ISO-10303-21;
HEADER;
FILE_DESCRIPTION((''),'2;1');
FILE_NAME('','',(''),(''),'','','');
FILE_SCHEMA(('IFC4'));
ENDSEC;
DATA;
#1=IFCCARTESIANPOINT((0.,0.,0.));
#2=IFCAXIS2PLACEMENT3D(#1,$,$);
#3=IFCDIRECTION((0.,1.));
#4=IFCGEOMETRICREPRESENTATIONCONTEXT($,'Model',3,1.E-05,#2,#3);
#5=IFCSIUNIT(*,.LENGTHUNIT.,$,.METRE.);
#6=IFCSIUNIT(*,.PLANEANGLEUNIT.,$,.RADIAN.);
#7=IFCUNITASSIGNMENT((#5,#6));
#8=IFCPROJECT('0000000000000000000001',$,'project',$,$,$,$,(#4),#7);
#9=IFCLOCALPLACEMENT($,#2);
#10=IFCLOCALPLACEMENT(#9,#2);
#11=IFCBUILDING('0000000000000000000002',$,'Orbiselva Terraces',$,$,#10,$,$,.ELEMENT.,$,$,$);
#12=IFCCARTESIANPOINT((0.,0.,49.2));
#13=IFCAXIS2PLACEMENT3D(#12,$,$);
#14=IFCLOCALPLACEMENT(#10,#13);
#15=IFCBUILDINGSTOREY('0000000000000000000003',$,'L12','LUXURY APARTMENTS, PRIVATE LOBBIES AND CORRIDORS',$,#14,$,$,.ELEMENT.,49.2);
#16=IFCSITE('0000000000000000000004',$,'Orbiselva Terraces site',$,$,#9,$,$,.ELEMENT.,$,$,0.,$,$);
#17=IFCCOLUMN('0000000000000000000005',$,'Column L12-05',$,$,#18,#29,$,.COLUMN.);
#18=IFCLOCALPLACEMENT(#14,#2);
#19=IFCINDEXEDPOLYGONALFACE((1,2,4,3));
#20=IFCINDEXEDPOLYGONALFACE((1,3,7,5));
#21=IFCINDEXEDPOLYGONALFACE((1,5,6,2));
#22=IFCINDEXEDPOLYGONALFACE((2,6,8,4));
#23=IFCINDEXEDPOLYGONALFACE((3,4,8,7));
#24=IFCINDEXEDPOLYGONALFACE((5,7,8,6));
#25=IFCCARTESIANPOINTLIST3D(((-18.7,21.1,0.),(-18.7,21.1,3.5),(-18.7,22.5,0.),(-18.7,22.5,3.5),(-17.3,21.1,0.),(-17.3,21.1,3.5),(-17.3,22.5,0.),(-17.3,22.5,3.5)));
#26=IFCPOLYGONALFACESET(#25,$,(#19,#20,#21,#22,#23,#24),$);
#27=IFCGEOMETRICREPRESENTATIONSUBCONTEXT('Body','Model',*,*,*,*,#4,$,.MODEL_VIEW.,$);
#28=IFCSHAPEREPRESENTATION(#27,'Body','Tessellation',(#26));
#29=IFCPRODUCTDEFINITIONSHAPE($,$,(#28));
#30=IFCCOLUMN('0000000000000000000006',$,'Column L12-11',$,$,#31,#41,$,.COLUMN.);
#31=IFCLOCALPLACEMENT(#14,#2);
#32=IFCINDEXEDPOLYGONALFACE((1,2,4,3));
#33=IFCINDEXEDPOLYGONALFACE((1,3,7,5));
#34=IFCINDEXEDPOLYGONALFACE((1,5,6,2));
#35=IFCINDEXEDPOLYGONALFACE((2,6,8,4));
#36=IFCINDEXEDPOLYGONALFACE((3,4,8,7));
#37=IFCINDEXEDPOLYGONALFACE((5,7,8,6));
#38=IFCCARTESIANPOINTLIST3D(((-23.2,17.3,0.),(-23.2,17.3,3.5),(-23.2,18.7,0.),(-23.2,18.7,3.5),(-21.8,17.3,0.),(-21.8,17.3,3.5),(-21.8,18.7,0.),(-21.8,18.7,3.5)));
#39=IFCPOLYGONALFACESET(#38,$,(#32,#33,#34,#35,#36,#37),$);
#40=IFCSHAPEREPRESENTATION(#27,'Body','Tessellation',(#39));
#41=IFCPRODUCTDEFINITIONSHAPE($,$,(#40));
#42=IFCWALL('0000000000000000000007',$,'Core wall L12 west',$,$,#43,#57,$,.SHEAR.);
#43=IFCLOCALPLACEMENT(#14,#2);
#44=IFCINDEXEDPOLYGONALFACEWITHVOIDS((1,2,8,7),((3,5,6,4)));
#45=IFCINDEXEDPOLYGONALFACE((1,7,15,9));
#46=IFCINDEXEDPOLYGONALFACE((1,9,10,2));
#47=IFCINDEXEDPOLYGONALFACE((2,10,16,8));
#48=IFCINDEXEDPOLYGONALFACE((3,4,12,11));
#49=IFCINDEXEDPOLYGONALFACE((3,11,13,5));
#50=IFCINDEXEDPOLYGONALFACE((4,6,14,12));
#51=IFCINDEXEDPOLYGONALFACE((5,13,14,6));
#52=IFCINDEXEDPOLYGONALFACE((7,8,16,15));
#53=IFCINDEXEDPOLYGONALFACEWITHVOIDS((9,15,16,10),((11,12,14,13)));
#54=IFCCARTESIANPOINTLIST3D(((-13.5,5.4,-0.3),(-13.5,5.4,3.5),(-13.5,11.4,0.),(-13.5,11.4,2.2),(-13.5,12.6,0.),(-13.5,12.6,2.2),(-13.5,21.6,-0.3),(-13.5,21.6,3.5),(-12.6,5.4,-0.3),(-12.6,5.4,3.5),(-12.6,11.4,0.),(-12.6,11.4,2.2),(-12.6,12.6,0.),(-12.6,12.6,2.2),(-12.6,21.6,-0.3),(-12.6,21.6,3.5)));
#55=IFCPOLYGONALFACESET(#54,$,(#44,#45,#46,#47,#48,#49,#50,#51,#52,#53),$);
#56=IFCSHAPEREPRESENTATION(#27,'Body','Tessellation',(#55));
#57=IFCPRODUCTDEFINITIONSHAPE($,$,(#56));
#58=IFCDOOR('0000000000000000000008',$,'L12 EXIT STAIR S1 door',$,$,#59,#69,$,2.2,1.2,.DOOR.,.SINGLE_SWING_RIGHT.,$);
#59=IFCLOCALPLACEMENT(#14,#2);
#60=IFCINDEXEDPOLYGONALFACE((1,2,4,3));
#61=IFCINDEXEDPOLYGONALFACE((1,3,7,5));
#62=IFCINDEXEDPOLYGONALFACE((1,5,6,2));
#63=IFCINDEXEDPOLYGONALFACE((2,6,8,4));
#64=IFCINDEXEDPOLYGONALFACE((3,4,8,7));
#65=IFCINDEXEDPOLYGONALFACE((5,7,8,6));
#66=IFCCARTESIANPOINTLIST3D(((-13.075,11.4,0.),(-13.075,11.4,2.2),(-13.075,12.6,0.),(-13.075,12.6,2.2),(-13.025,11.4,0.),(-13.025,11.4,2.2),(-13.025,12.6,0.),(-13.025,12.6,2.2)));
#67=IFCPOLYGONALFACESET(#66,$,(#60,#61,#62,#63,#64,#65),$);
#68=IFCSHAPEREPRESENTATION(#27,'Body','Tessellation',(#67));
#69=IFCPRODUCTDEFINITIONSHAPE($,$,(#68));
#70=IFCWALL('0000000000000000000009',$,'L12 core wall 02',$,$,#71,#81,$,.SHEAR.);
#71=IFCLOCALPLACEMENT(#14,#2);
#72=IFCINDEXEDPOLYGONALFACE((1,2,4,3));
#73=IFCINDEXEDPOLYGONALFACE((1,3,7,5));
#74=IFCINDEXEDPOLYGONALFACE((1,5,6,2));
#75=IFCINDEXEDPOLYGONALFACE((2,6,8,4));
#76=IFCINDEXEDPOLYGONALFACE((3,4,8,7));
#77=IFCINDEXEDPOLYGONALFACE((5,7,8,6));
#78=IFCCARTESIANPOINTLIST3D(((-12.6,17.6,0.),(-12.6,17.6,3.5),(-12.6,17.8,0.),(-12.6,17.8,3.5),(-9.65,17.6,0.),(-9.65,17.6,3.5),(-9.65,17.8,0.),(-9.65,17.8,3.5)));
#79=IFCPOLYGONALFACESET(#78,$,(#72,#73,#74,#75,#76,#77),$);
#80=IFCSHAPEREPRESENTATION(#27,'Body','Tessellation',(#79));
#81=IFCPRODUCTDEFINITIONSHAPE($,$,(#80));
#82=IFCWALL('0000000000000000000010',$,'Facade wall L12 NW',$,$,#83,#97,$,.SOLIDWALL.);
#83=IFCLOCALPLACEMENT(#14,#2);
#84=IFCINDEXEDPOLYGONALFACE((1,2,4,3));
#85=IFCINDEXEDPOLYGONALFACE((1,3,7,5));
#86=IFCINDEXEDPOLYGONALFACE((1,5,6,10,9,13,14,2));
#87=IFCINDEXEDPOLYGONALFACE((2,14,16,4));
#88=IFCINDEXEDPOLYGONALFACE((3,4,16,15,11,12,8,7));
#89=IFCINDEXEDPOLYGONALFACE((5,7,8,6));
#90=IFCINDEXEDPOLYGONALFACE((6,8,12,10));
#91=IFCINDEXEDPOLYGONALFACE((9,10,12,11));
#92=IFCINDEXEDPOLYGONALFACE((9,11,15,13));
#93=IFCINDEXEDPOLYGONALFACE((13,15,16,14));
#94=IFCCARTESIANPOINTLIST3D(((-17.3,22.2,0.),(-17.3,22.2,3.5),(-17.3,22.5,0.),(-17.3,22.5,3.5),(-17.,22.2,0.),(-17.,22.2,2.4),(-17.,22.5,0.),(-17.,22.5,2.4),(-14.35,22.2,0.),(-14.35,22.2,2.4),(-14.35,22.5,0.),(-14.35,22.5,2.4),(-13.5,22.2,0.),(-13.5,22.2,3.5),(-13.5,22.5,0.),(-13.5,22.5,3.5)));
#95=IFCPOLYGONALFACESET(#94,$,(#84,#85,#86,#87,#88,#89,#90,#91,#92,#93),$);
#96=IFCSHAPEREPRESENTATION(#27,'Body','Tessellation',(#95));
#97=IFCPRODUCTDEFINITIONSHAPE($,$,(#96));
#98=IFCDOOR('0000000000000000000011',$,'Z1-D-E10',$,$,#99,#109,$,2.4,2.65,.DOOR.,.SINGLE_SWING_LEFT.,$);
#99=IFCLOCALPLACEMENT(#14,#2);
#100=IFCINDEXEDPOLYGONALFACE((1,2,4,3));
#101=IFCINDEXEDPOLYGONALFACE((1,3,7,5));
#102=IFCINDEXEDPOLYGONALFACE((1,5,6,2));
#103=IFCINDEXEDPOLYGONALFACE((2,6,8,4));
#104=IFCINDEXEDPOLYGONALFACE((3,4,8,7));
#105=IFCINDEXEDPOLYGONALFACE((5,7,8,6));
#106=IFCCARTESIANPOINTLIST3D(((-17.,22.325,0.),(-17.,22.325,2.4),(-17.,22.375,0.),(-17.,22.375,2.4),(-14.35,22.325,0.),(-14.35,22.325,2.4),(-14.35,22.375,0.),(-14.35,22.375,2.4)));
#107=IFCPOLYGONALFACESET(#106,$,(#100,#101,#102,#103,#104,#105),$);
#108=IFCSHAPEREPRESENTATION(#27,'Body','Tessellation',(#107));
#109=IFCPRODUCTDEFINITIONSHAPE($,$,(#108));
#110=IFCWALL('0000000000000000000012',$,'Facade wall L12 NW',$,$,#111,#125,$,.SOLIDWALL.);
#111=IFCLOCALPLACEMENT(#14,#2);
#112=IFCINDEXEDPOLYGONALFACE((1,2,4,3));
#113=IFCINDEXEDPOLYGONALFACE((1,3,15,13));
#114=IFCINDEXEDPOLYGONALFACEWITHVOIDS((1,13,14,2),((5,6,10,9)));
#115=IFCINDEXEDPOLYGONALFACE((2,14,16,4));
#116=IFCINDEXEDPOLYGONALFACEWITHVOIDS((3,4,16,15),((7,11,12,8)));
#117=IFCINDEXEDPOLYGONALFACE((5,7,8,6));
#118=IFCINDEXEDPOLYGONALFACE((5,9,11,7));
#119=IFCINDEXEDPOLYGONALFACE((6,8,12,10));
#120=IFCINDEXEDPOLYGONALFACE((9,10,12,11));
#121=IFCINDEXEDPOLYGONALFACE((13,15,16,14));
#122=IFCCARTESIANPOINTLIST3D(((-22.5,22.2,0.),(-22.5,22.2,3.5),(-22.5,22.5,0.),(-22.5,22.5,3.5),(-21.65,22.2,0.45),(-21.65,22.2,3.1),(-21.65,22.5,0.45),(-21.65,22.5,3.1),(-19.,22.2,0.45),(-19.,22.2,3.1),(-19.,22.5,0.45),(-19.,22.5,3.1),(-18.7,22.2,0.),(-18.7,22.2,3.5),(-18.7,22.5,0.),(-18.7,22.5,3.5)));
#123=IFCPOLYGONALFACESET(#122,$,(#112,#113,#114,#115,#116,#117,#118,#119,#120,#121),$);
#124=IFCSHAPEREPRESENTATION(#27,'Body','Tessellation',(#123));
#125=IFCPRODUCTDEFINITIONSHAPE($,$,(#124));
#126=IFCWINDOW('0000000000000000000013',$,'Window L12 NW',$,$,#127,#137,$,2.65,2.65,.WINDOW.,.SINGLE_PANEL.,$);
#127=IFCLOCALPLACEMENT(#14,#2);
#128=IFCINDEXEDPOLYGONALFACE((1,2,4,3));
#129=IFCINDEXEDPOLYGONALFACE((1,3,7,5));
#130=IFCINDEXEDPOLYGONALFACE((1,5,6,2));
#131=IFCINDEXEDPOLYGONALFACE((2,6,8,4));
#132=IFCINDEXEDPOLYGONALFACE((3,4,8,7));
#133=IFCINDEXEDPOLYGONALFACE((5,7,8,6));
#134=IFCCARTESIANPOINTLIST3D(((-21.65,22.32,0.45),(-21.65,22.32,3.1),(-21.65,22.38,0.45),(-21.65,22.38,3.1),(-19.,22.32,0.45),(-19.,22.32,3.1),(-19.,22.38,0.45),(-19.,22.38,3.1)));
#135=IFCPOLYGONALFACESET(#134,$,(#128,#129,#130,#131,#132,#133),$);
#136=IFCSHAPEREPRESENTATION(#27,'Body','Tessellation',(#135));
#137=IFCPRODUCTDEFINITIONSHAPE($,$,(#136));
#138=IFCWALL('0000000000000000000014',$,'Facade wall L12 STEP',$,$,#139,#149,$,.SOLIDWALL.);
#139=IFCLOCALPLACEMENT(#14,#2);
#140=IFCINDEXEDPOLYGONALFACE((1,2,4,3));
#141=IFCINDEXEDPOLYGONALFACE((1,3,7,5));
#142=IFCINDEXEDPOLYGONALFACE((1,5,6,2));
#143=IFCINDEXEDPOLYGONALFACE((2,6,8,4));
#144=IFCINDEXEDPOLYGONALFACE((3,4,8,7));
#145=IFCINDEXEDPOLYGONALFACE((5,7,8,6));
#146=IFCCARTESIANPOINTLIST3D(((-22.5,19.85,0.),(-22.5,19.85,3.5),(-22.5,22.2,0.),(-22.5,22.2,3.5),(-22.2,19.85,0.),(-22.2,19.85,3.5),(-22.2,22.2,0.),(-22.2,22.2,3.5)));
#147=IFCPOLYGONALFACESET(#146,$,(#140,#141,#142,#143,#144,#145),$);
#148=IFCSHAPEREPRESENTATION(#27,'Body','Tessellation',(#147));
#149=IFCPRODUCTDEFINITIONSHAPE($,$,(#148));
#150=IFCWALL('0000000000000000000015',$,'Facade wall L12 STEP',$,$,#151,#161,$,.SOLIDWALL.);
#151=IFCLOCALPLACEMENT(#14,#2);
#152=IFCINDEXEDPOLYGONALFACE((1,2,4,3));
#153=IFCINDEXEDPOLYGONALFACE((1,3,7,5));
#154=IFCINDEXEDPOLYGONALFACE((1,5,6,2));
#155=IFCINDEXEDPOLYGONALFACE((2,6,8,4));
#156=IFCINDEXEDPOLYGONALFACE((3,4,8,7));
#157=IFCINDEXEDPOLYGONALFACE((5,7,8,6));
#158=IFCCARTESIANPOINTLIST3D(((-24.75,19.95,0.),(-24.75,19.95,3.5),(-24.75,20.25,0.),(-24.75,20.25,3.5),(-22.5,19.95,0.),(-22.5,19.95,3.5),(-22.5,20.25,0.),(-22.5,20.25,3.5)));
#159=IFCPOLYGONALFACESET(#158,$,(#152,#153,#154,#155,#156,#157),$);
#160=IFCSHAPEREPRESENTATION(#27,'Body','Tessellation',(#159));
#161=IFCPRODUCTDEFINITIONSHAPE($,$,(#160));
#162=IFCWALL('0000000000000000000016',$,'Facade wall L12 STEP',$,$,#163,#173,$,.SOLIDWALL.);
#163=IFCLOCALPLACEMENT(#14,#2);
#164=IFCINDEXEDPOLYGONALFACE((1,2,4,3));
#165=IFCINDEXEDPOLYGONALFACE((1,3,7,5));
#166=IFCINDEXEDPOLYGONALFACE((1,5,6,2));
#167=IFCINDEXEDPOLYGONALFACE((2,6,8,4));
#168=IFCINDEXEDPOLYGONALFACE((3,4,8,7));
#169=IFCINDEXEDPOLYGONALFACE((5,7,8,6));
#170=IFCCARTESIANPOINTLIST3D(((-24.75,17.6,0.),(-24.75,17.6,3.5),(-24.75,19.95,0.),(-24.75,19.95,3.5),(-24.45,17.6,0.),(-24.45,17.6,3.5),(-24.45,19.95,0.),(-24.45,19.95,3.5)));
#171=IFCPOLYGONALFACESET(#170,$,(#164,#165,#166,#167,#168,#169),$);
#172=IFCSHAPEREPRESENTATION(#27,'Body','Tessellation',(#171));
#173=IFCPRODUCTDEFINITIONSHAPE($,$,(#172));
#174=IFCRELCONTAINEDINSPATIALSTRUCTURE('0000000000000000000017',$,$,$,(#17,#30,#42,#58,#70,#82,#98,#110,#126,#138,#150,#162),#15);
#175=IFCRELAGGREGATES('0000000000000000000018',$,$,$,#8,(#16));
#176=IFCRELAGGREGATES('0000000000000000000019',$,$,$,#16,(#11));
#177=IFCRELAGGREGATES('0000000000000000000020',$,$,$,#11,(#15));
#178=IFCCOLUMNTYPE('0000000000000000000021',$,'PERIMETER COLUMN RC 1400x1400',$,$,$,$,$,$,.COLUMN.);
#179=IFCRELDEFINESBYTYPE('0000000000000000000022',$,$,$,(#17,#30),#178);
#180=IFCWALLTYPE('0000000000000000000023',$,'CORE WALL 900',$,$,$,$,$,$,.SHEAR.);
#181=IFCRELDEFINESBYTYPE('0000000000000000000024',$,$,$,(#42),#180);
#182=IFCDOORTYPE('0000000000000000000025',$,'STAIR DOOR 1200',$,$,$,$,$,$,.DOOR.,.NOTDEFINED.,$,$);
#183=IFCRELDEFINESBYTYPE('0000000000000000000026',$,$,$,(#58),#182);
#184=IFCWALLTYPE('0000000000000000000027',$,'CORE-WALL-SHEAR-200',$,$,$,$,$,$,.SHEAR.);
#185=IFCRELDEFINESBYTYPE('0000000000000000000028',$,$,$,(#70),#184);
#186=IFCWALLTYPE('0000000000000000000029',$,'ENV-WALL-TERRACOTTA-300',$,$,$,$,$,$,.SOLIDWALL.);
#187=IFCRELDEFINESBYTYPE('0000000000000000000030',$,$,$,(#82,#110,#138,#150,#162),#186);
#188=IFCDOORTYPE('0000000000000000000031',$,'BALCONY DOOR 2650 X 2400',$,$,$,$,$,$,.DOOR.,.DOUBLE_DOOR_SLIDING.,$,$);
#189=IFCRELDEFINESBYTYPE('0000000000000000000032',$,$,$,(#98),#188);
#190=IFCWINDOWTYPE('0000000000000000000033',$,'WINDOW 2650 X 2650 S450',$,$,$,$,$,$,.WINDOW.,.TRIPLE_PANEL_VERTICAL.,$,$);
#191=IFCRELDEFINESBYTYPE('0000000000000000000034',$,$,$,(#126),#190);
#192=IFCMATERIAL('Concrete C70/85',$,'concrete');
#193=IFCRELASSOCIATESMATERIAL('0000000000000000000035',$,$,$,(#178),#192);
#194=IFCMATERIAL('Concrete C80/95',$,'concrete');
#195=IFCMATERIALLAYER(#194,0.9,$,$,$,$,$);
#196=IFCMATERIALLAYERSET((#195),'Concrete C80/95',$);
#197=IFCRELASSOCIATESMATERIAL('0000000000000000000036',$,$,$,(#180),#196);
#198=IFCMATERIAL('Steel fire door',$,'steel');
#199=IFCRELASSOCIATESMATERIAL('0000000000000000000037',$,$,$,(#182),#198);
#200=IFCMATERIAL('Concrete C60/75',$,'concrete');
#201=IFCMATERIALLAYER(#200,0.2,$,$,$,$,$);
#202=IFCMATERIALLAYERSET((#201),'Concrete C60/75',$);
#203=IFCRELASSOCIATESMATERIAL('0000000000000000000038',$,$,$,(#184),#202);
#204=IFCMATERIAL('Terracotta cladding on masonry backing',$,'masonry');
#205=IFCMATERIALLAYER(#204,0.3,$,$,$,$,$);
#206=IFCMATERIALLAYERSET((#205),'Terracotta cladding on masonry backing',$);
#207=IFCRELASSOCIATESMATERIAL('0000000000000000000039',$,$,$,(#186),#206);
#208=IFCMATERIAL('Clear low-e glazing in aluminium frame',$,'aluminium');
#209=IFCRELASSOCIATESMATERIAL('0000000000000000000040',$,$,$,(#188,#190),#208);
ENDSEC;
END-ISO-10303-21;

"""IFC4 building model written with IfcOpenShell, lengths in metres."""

from ifc_helpers import new_model, si_unit, direction, frame, frame_2d, origin, origin_2d, place, context, subcontext, project, spatial, rectangle, extrude, material, layer, layer_set, material_profile, profile_set, type_object, element, fill, save


model = new_model("IFC4")

# Units and contexts
model_context = context("Model", 3, precision=1e-05, world=origin(), true_north=direction((0.0, 1.0)))
body_context = subcontext(model_context, "Body", "Model", "MODEL_VIEW")
ifc_project = project(units=[si_unit("LENGTHUNIT", "METRE"), si_unit("PLANEANGLEUNIT", "RADIAN")], contexts=[model_context])

# Site, building, storey
site_placement = place(None, origin())
site = spatial("IfcSite", under=ifc_project, at=site_placement, Name="Orbiselva Terraces site", CompositionType="ELEMENT", RefElevation=0.0)
building_placement = place(site_placement, origin())
building = spatial("IfcBuilding", under=site, at=building_placement, Name="Orbiselva Terraces", CompositionType="ELEMENT")
storey_placement = place(building_placement, frame((0.0, 0.0, 49.2)))
storey = spatial("IfcBuildingStorey", under=building, at=storey_placement, Name="L12", Description="LUXURY APARTMENTS, PRIVATE LOBBIES AND CORRIDORS", CompositionType="ELEMENT", Elevation=49.2)

# Columns
ifc_material_1 = material(Name="Concrete C70/85", Category="concrete")
ifc_material_profile = material_profile(ifc_material_1, rectangle(XDim=1.4, YDim=1.4, at=origin_2d()), Name="RC 1400x1400")
ifc_profile_set = profile_set([ifc_material_profile], Name="Concrete C70/85")
column_type = type_object("IfcColumnType", Name="PERIMETER COLUMN RC 1400x1400", PredefinedType="COLUMN", material=ifc_profile_set)
for number, where, z_axis, x_axis, name in (
    (1, (-18.0, 21.8, 0.0), (0.0, 0.0, 1.0), (1.0, 0.0, 0.0), "Column L12-05"),
    (2, (-22.5, 18.0, 0.0), (0.0, 0.0, 1.0), (1.0, 0.0, 0.0), "Column L12-11"),
):
    element("IfcColumn", number, at=place(storey_placement, frame(where, z_axis=z_axis, x_axis=x_axis)), inside=storey, type_object=column_type, Name=name, PredefinedType="COLUMN", context=body_context, shape_type="SweptSolid", body=[
        extrude(rectangle(XDim=1.4, YDim=1.4, at=origin_2d()), origin(), (0.0, 0.0, 1.0), 3.5),
    ])

# Wall, opening, door
ifc_material_2 = material(Name="Concrete C80/95", Category="concrete")
ifc_layer_1 = layer(ifc_material_2, 0.9)
ifc_layer_set_1 = layer_set([ifc_layer_1], Name="Concrete C80/95")
wall_type_1 = type_object("IfcWallType", Name="CORE WALL 900", PredefinedType="SHEAR", material=ifc_layer_set_1)
wall_1_placement = place(storey_placement, frame((-13.05, 21.6, -0.3), z_axis=(0.0, 0.0, 1.0), x_axis=(0.0, -1.0, 0.0)))
wall_1 = element("IfcWall", 3, at=wall_1_placement, inside=storey, type_object=wall_type_1, Name="Core wall L12 west", PredefinedType="SHEAR", context=body_context, shape_type="SweptSolid", body=[
    extrude(rectangle(XDim=16.2, YDim=0.9, at=frame_2d((8.1, 0.0))), origin(), (0.0, 0.0, 1.0), 3.8),
])
opening_1_placement = place(wall_1_placement, frame((9.0, 0.0, 0.3)))
opening_1 = element("IfcOpeningElement", 4, at=opening_1_placement, cuts=wall_1, PredefinedType="OPENING", context=body_context, shape_type="SweptSolid", body=[
    extrude(rectangle(XDim=1.2, YDim=2.2, at=frame_2d((0.6, 1.1))), frame((0.0, 0.46, 0.0), z_axis=(0.0, -1.0, 0.0), x_axis=(1.0, 0.0, 0.0)), (0.0, 0.0, 1.0), 0.92),
])
ifc_material_3 = material(Name="Steel fire door", Category="steel")
door_type_1 = type_object("IfcDoorType", Name="STAIR DOOR 1200", OperationType="NOTDEFINED", PredefinedType="DOOR", material=ifc_material_3)
door_1_placement = place(opening_1_placement, frame((1.2, 0.0, 0.0), z_axis=(0.0, 0.0, 1.0), x_axis=(-1.0, 0.0, 0.0)))
door_1 = element("IfcDoor", 5, at=door_1_placement, inside=storey, type_object=door_type_1, Name="L12 EXIT STAIR S1 door", OperationType="SINGLE_SWING_RIGHT", OverallHeight=2.2, OverallWidth=1.2, PredefinedType="DOOR", context=body_context, shape_type="SweptSolid", body=[
    extrude(rectangle(XDim=1.2, YDim=2.2, at=frame_2d((0.6, 1.1))), frame((0.0, 0.025, 0.0), z_axis=(0.0, -1.0, 0.0), x_axis=(1.0, 0.0, 0.0)), (0.0, 0.0, 1.0), 0.05),
])
fill(opening_1, door_1)

# Wall
ifc_material_4 = material(Name="Concrete C60/75", Category="concrete")
ifc_layer_2 = layer(ifc_material_4, 0.2)
ifc_layer_set_2 = layer_set([ifc_layer_2], Name="Concrete C60/75")
wall_type_2 = type_object("IfcWallType", Name="CORE-WALL-SHEAR-200", PredefinedType="SHEAR", material=ifc_layer_set_2)
wall_2_placement = place(storey_placement, frame((-12.6, 17.7, 0.0), z_axis=(0.0, 0.0, 1.0), x_axis=(1.0, 0.0, 0.0)))
element("IfcWall", 6, at=wall_2_placement, inside=storey, type_object=wall_type_2, Name="L12 core wall 02", PredefinedType="SHEAR", context=body_context, shape_type="SweptSolid", body=[
    extrude(rectangle(XDim=2.95, YDim=0.2, at=frame_2d((1.475, 0.0))), origin(), (0.0, 0.0, 1.0), 3.5),
])

# Wall, opening, door
ifc_material_5 = material(Name="Terracotta cladding on masonry backing", Category="masonry")
ifc_layer_3 = layer(ifc_material_5, 0.3)
ifc_layer_set_3 = layer_set([ifc_layer_3], Name="Terracotta cladding on masonry backing")
wall_type_3 = type_object("IfcWallType", Name="ENV-WALL-TERRACOTTA-300", PredefinedType="SOLIDWALL", material=ifc_layer_set_3)
wall_3_placement = place(storey_placement, frame((-17.3, 22.35, 0.0), z_axis=(0.0, 0.0, 1.0), x_axis=(1.0, 0.0, 0.0)))
wall_3 = element("IfcWall", 7, at=wall_3_placement, inside=storey, type_object=wall_type_3, Name="Facade wall L12 NW", PredefinedType="SOLIDWALL", context=body_context, shape_type="SweptSolid", body=[
    extrude(rectangle(XDim=3.8, YDim=0.3, at=frame_2d((1.9, 0.0))), origin(), (0.0, 0.0, 1.0), 3.5),
])
opening_2_placement = place(wall_3_placement, frame((0.3, 0.0, 0.0)))
opening_2 = element("IfcOpeningElement", 8, at=opening_2_placement, cuts=wall_3, PredefinedType="OPENING", context=body_context, shape_type="SweptSolid", body=[
    extrude(rectangle(XDim=2.65, YDim=2.4, at=frame_2d((1.325, 1.2))), frame((0.0, 0.16, 0.0), z_axis=(0.0, -1.0, 0.0), x_axis=(1.0, 0.0, 0.0)), (0.0, 0.0, 1.0), 0.32),
])
ifc_material_6 = material(Name="Clear low-e glazing in aluminium frame", Category="aluminium")
door_type_2 = type_object("IfcDoorType", Name="BALCONY DOOR 2650 X 2400", OperationType="DOUBLE_DOOR_SLIDING", PredefinedType="DOOR", material=ifc_material_6)
door_2_placement = place(opening_2_placement, origin())
door_2 = element("IfcDoor", 9, at=door_2_placement, inside=storey, type_object=door_type_2, Name="Z1-D-E10", OperationType="SINGLE_SWING_LEFT", OverallHeight=2.4, OverallWidth=2.65, PredefinedType="DOOR", context=body_context, shape_type="SweptSolid", body=[
    extrude(rectangle(XDim=2.65, YDim=2.4, at=frame_2d((1.325, 1.2))), frame((0.0, 0.025, 0.0), z_axis=(0.0, -1.0, 0.0), x_axis=(1.0, 0.0, 0.0)), (0.0, 0.0, 1.0), 0.05),
])
fill(opening_2, door_2)

# Wall, opening, window
wall_4_placement = place(storey_placement, frame((-22.5, 22.35, 0.0), z_axis=(0.0, 0.0, 1.0), x_axis=(1.0, 0.0, 0.0)))
wall_4 = element("IfcWall", 10, at=wall_4_placement, inside=storey, type_object=wall_type_3, Name="Facade wall L12 NW", PredefinedType="SOLIDWALL", context=body_context, shape_type="SweptSolid", body=[
    extrude(rectangle(XDim=3.8, YDim=0.3, at=frame_2d((1.9, 0.0))), origin(), (0.0, 0.0, 1.0), 3.5),
])
opening_3_placement = place(wall_4_placement, frame((0.85, 0.0, 0.45)))
opening_3 = element("IfcOpeningElement", 11, at=opening_3_placement, cuts=wall_4, PredefinedType="OPENING", context=body_context, shape_type="SweptSolid", body=[
    extrude(rectangle(XDim=2.65, YDim=2.65, at=frame_2d((1.325, 1.325))), frame((0.0, 0.16, 0.0), z_axis=(0.0, -1.0, 0.0), x_axis=(1.0, 0.0, 0.0)), (0.0, 0.0, 1.0), 0.32),
])
window_type = type_object("IfcWindowType", Name="WINDOW 2650 X 2650 S450", PartitioningType="TRIPLE_PANEL_VERTICAL", PredefinedType="WINDOW", material=ifc_material_6)
window_placement = place(opening_3_placement, origin())
window = element("IfcWindow", 12, at=window_placement, inside=storey, type_object=window_type, Name="Window L12 NW", OverallHeight=2.65, OverallWidth=2.65, PartitioningType="SINGLE_PANEL", PredefinedType="WINDOW", context=body_context, shape_type="SweptSolid", body=[
    extrude(rectangle(XDim=2.65, YDim=2.65, at=frame_2d((1.325, 1.325))), frame((0.0, 0.03, 0.0), z_axis=(0.0, -1.0, 0.0), x_axis=(1.0, 0.0, 0.0)), (0.0, 0.0, 1.0), 0.06),
])
fill(opening_3, window)

# Walls
wall_5_placement = place(storey_placement, frame((-22.35, 19.85, 0.0), z_axis=(0.0, 0.0, 1.0), x_axis=(0.0, 1.0, 0.0)))
element("IfcWall", 13, at=wall_5_placement, inside=storey, type_object=wall_type_3, Name="Facade wall L12 STEP", PredefinedType="SOLIDWALL", context=body_context, shape_type="SweptSolid", body=[
    extrude(rectangle(XDim=2.35, YDim=0.3, at=frame_2d((1.175, 0.0))), origin(), (0.0, 0.0, 1.0), 3.5),
])
wall_6_placement = place(storey_placement, frame((-24.75, 20.1, 0.0), z_axis=(0.0, 0.0, 1.0), x_axis=(1.0, 0.0, 0.0)))
element("IfcWall", 14, at=wall_6_placement, inside=storey, type_object=wall_type_3, Name="Facade wall L12 STEP", PredefinedType="SOLIDWALL", context=body_context, shape_type="SweptSolid", body=[
    extrude(rectangle(XDim=2.25, YDim=0.3, at=frame_2d((1.125, 0.0))), origin(), (0.0, 0.0, 1.0), 3.5),
])
wall_7_placement = place(storey_placement, frame((-24.6, 17.6, 0.0), z_axis=(0.0, 0.0, 1.0), x_axis=(0.0, 1.0, 0.0)))
element("IfcWall", 15, at=wall_7_placement, inside=storey, type_object=wall_type_3, Name="Facade wall L12 STEP", PredefinedType="SOLIDWALL", context=body_context, shape_type="SweptSolid", body=[
    extrude(rectangle(XDim=2.35, YDim=0.3, at=frame_2d((1.175, 0.0))), origin(), (0.0, 0.0, 1.0), 3.5),
])

save(model, "model.ifc")
